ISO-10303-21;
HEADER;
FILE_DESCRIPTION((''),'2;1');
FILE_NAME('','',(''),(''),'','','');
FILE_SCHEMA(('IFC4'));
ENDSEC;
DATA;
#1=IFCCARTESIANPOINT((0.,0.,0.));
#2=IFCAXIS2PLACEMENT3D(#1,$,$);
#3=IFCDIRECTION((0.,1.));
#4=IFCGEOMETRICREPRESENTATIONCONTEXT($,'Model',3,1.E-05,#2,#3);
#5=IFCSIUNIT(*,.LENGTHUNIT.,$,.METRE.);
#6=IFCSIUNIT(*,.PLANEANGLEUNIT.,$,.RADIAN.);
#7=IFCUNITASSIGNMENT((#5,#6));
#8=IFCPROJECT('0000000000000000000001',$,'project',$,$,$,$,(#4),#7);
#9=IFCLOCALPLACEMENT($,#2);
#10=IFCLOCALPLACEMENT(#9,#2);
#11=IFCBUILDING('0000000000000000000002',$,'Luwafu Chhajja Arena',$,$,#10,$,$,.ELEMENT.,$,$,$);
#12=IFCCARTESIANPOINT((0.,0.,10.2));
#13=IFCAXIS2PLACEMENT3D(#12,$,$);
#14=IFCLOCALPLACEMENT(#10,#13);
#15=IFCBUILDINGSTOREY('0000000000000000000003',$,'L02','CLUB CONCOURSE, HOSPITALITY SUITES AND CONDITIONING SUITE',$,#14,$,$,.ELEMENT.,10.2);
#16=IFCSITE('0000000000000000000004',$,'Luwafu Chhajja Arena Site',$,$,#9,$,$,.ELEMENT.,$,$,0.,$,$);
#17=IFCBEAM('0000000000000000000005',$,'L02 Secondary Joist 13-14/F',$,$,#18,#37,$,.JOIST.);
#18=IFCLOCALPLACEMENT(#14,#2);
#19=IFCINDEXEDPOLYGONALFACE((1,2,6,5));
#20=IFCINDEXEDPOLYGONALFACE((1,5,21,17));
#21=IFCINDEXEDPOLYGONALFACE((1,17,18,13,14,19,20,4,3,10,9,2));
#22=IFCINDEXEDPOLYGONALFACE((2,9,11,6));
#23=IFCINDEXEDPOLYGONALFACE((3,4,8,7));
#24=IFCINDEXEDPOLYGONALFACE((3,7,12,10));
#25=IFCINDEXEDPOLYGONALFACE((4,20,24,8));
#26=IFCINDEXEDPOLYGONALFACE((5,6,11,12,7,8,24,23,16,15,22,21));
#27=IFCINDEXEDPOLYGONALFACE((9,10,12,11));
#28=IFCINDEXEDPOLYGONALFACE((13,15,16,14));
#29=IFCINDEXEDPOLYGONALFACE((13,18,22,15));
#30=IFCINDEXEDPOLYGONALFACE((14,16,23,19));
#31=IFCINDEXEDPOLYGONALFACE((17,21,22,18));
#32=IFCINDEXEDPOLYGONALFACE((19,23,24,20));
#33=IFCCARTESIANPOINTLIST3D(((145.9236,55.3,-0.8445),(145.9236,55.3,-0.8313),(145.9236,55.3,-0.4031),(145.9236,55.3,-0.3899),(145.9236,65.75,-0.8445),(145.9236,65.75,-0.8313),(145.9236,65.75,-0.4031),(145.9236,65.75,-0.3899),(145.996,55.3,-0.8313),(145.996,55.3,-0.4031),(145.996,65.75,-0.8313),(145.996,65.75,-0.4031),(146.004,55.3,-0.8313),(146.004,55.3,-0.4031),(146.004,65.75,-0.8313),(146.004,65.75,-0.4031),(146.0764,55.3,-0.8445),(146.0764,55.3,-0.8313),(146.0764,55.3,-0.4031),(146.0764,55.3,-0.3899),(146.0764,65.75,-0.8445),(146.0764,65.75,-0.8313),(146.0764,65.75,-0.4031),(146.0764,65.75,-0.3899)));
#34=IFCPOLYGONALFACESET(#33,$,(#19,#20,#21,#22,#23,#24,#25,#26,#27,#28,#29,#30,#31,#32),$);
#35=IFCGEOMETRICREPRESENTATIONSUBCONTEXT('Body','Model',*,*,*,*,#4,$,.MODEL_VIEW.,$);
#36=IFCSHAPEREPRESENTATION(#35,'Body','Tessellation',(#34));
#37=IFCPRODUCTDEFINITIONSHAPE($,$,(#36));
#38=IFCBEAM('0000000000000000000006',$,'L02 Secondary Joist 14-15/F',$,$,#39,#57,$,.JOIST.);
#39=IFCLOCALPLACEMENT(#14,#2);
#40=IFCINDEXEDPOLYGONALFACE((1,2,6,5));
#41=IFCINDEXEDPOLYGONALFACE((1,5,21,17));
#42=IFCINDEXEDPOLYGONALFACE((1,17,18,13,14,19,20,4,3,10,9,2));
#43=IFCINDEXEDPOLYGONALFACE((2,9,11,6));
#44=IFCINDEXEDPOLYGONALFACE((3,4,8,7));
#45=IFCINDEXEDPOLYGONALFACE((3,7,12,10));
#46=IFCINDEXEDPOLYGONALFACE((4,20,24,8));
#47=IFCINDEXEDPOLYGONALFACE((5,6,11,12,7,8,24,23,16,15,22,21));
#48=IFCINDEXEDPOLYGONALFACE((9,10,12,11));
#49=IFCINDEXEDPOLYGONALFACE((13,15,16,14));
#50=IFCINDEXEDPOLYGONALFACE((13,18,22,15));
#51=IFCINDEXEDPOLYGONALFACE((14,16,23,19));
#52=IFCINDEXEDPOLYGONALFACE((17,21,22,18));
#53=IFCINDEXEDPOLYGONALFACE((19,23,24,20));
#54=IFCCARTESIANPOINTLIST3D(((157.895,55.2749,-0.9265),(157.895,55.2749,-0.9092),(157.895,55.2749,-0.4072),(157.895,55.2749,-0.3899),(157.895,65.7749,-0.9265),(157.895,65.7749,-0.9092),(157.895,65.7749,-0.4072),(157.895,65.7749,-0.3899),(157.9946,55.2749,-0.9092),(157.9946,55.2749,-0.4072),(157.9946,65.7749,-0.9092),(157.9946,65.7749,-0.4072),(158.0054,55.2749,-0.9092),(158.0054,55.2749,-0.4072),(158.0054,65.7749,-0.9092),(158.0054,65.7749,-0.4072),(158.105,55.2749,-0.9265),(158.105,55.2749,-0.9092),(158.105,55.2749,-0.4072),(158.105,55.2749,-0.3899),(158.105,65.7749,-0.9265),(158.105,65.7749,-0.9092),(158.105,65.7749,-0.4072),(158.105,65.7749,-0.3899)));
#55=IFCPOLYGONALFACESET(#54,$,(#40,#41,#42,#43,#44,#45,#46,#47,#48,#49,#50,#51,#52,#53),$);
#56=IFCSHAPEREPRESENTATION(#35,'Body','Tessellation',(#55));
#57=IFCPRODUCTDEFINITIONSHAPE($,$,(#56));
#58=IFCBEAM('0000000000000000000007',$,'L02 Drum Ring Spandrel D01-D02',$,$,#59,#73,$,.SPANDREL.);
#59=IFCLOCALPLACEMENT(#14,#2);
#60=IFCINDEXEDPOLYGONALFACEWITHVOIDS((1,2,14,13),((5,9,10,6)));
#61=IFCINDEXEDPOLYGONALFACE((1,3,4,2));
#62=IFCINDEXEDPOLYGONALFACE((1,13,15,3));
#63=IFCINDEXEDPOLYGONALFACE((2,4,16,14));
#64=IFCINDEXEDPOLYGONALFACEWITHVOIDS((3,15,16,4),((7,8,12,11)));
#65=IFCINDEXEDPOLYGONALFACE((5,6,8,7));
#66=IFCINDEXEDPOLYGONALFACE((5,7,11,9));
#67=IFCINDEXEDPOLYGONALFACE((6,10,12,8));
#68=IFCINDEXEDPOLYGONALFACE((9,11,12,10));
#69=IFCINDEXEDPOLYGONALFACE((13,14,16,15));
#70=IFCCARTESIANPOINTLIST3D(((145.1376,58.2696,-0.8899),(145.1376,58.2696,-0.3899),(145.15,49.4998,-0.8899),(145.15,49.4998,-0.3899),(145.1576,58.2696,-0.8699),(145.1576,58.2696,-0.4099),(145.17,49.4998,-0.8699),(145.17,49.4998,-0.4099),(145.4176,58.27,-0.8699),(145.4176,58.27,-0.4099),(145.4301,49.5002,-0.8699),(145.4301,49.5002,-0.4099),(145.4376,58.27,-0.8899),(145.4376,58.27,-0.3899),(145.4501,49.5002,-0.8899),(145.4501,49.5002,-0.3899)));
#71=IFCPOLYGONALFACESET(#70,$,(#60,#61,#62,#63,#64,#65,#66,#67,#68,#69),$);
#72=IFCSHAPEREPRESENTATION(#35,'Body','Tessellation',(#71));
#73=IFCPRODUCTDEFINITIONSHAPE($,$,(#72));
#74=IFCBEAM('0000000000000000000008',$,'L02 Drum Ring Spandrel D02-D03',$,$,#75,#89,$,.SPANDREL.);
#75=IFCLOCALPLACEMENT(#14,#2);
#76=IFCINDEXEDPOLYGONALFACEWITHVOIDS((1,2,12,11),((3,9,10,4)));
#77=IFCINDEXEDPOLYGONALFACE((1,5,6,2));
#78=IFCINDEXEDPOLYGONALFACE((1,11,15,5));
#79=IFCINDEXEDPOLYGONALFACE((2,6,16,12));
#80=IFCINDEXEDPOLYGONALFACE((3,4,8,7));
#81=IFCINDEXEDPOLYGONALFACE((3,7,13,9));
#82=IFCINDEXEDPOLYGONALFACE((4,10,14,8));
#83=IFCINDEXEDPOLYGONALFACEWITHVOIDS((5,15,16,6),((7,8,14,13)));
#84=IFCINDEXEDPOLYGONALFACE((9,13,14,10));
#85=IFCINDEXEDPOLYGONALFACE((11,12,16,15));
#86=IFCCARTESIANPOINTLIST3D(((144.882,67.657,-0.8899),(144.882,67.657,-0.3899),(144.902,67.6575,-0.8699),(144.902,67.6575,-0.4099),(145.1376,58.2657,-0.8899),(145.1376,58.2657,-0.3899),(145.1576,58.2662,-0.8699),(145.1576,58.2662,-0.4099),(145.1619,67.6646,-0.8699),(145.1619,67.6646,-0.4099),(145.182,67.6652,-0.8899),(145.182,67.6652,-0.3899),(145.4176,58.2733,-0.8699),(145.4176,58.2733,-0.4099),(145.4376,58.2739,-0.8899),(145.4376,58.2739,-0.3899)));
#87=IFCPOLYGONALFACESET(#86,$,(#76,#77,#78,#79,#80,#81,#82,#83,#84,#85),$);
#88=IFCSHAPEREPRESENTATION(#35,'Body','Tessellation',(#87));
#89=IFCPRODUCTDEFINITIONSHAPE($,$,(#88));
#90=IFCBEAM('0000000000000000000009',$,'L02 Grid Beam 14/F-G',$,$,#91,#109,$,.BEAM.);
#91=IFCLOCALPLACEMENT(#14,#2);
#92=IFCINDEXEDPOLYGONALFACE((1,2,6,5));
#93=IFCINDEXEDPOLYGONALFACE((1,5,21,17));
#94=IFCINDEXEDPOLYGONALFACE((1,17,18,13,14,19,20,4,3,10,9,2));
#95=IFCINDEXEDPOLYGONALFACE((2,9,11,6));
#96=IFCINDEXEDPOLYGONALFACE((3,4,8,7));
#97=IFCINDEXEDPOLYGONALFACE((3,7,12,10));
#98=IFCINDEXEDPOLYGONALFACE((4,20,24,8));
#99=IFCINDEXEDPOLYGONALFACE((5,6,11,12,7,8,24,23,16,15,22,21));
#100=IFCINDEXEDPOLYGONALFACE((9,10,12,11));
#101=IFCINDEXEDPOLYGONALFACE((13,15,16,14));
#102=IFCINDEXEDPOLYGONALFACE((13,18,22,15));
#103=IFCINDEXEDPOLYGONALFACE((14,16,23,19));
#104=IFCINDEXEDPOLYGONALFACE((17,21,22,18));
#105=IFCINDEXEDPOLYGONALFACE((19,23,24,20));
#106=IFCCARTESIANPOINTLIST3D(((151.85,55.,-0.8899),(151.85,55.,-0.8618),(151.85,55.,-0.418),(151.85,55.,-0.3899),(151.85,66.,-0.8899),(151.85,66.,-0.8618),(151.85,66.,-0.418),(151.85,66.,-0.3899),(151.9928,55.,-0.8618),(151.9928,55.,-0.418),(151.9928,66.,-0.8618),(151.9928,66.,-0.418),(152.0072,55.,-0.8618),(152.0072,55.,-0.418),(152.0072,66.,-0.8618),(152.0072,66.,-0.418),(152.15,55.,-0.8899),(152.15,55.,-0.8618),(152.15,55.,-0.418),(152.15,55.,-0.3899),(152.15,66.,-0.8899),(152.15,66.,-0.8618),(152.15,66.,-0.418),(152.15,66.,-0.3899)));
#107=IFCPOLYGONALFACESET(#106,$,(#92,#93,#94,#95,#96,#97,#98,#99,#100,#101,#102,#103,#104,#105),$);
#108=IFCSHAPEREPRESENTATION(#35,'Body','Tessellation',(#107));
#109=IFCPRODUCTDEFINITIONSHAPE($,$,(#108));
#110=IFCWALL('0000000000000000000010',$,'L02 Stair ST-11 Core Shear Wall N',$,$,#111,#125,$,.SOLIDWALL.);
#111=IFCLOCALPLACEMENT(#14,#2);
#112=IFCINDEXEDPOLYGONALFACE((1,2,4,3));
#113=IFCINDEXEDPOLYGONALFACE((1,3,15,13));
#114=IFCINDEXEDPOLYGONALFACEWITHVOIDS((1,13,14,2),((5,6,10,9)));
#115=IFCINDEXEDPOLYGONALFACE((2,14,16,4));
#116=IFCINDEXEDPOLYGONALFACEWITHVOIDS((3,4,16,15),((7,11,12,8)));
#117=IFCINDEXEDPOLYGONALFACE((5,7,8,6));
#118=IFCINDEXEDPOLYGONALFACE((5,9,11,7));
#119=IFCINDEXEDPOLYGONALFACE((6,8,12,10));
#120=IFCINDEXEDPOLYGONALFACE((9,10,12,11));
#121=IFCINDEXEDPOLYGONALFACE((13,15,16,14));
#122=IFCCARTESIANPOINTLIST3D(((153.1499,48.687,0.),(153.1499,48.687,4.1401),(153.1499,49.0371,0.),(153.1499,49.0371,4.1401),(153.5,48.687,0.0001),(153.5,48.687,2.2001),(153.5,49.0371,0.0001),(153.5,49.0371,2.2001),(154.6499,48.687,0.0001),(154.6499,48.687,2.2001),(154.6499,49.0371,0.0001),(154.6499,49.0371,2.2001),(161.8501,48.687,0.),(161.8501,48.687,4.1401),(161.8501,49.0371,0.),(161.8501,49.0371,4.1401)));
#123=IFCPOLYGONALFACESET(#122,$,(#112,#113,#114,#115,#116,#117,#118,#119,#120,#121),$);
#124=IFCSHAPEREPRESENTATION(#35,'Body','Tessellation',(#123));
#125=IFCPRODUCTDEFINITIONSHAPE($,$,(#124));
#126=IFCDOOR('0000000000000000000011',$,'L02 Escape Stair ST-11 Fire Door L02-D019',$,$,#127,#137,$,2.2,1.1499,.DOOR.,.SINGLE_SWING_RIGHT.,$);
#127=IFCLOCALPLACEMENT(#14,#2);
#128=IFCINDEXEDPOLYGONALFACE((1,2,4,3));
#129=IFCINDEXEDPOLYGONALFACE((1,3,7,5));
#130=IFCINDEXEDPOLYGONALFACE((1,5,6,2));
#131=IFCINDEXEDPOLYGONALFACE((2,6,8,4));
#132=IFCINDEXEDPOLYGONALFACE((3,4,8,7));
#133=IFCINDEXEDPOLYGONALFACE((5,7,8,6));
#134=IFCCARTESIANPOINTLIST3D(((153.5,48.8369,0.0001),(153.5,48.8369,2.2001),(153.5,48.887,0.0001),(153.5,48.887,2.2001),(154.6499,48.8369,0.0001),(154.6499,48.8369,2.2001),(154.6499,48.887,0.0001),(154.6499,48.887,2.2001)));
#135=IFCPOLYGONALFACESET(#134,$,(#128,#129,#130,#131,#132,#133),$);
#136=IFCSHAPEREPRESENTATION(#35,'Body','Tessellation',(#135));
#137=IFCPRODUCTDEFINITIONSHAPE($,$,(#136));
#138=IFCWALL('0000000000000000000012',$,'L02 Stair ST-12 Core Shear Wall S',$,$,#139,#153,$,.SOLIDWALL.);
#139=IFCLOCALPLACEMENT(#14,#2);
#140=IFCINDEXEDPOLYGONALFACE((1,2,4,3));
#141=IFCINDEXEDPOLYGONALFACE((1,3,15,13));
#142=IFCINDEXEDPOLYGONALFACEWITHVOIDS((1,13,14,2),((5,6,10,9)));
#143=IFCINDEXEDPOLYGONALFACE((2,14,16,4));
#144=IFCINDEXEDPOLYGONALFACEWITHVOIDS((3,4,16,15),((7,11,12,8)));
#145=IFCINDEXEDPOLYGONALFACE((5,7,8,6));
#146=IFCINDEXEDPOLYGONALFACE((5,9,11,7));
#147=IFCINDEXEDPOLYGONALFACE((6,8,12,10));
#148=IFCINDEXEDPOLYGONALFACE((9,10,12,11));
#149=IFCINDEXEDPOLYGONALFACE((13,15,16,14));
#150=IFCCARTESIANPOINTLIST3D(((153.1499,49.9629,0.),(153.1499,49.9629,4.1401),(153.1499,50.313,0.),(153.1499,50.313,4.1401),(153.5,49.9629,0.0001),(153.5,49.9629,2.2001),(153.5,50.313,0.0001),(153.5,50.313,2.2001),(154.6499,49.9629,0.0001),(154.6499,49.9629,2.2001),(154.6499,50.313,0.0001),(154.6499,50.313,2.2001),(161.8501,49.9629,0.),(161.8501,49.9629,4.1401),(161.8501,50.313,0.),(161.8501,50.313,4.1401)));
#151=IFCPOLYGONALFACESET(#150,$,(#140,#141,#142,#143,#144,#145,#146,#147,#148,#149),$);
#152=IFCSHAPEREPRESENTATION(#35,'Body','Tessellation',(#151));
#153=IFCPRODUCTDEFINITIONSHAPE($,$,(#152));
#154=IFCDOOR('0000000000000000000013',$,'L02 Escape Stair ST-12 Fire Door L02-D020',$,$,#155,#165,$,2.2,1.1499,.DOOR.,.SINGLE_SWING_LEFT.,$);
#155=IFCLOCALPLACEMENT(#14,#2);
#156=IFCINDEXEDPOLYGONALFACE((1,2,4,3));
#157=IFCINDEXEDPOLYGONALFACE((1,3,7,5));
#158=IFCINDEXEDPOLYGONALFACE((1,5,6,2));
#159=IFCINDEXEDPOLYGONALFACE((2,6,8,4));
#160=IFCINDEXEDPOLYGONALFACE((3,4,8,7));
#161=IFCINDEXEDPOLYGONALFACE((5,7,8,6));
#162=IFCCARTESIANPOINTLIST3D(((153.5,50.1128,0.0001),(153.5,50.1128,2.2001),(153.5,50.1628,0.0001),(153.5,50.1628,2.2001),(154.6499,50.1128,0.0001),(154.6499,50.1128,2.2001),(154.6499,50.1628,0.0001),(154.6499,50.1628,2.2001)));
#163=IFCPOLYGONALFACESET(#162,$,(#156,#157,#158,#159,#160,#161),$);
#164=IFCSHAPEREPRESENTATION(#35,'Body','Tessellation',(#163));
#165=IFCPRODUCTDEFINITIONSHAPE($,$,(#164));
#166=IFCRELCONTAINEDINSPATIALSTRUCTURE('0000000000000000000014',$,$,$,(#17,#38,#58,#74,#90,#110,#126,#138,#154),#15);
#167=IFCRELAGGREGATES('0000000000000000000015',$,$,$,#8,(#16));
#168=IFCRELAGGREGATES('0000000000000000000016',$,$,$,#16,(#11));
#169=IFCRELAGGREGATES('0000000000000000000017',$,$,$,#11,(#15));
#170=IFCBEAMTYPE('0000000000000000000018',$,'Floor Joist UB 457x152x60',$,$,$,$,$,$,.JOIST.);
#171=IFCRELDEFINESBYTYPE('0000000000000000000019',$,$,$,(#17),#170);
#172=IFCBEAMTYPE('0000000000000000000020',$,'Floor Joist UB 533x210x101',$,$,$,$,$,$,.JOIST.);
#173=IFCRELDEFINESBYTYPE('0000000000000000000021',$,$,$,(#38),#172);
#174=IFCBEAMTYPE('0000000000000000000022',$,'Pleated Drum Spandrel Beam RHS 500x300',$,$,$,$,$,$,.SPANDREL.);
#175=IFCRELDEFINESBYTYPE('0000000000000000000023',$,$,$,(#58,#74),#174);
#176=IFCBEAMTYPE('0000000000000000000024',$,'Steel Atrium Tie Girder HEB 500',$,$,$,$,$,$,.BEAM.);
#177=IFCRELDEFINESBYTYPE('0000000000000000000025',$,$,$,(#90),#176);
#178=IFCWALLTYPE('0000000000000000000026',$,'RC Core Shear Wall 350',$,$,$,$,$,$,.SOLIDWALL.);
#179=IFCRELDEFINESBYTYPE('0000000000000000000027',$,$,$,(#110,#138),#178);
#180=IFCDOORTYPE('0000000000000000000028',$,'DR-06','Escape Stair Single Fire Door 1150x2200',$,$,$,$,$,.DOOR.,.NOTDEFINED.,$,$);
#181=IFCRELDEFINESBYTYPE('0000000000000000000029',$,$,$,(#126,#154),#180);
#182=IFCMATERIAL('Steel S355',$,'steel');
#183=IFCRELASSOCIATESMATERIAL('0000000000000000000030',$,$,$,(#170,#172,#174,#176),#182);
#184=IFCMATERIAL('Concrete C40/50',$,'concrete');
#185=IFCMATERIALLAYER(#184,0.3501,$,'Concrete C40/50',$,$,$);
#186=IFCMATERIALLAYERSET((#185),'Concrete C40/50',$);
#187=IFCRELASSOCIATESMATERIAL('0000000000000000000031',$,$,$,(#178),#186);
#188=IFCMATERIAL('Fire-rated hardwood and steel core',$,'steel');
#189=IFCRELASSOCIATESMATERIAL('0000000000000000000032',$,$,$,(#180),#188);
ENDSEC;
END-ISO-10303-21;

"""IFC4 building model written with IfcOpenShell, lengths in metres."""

from ifc_helpers import new_model, si_unit, direction, frame, frame_2d, origin, origin_2d, place, context, subcontext, project, spatial, rectangle, hollow_rectangle, i_section, extrude, material, layer, layer_set, material_profile, profile_set, type_object, element, fill, save


model = new_model("IFC4")

# Units and contexts
model_context = context("Model", 3, precision=1e-05, world=origin(), true_north=direction((0.0, 1.0)))
body_context = subcontext(model_context, "Body", "Model", "MODEL_VIEW")
ifc_project = project(units=[si_unit("LENGTHUNIT", "METRE"), si_unit("PLANEANGLEUNIT", "RADIAN")], contexts=[model_context])

# Site, building, storey
site_placement = place(None, origin())
site = spatial("IfcSite", under=ifc_project, at=site_placement, Name="Luwafu Chhajja Arena Site", CompositionType="ELEMENT", RefElevation=0.0)
building_placement = place(site_placement, origin())
building = spatial("IfcBuilding", under=site, at=building_placement, Name="Luwafu Chhajja Arena", CompositionType="ELEMENT")
storey_placement = place(building_placement, frame((0.0, 0.0, 10.2)))
storey = spatial("IfcBuildingStorey", under=building, at=storey_placement, Name="L02", Description="CLUB CONCOURSE, HOSPITALITY SUITES AND CONDITIONING SUITE", CompositionType="ELEMENT", Elevation=10.2)

# Shared definitions
ifc_material_1 = material(Name="Steel S355", Category="steel")

# Beams
ifc_material_profile_1 = material_profile(ifc_material_1, i_section(OverallWidth=0.1528, OverallDepth=0.4546, WebThickness=0.0081, FlangeThickness=0.0132, at=origin_2d()), Name="UB 457x152x60")
ifc_profile_set_1 = profile_set([ifc_material_profile_1], Name="Steel S355")
beam_type_1 = type_object("IfcBeamType", Name="Floor Joist UB 457x152x60", PredefinedType="JOIST", material=ifc_profile_set_1)
beam_1_placement = place(storey_placement, frame((146.0, 55.3, -0.6172), z_axis=(0.0, 1.0, 0.0), x_axis=(-1.0, 0.0, 0.0)))
element("IfcBeam", 1, at=beam_1_placement, inside=storey, type_object=beam_type_1, Name="L02 Secondary Joist 13-14/F", PredefinedType="JOIST", context=body_context, shape_type="SweptSolid", body=[
    extrude(i_section(OverallWidth=0.1528, OverallDepth=0.4546, WebThickness=0.0081, FlangeThickness=0.0132, at=origin_2d()), origin(), (0.0, 0.0, 1.0), 10.45),
])
ifc_material_profile_2 = material_profile(ifc_material_1, i_section(OverallWidth=0.21, OverallDepth=0.5366, WebThickness=0.0107, FlangeThickness=0.0173, at=origin_2d()), Name="UB 533x210x101")
ifc_profile_set_2 = profile_set([ifc_material_profile_2], Name="Steel S355")
beam_type_2 = type_object("IfcBeamType", Name="Floor Joist UB 533x210x101", PredefinedType="JOIST", material=ifc_profile_set_2)
beam_2_placement = place(storey_placement, frame((158.0, 55.2749, -0.6582), z_axis=(0.0, 1.0, 0.0), x_axis=(-1.0, 0.0, 0.0)))
element("IfcBeam", 2, at=beam_2_placement, inside=storey, type_object=beam_type_2, Name="L02 Secondary Joist 14-15/F", PredefinedType="JOIST", context=body_context, shape_type="SweptSolid", body=[
    extrude(i_section(OverallWidth=0.21, OverallDepth=0.5366, WebThickness=0.0107, FlangeThickness=0.0173, at=origin_2d()), origin(), (0.0, 0.0, 1.0), 10.5),
])
ifc_material_profile_3 = material_profile(ifc_material_1, hollow_rectangle(XDim=0.3, YDim=0.5, WallThickness=0.02, at=origin_2d()), Name="RHS 500x300x20")
ifc_profile_set_3 = profile_set([ifc_material_profile_3], Name="Steel S355")
beam_type_3 = type_object("IfcBeamType", Name="Pleated Drum Spandrel Beam RHS 500x300", PredefinedType="SPANDREL", material=ifc_profile_set_3)
beam_3_placement = place(storey_placement, frame((145.3, 49.5, -0.6399), z_axis=(-0.00142, 0.999999, 0.0), x_axis=(-0.999999, -0.00142, 0.0)))
element("IfcBeam", 3, at=beam_3_placement, inside=storey, type_object=beam_type_3, Name="L02 Drum Ring Spandrel D01-D02", PredefinedType="SPANDREL", context=body_context, shape_type="SweptSolid", body=[
    extrude(hollow_rectangle(XDim=0.3, YDim=0.5, WallThickness=0.02, at=origin_2d()), origin(), (0.0, 0.0, 1.0), 8.7698),
])
beam_4_placement = place(storey_placement, frame((145.2876, 58.2698, -0.6399), z_axis=(-0.027208, 0.99963, 0.0), x_axis=(-0.99963, -0.027208, 0.0)))
element("IfcBeam", 4, at=beam_4_placement, inside=storey, type_object=beam_type_3, Name="L02 Drum Ring Spandrel D02-D03", PredefinedType="SPANDREL", context=body_context, shape_type="SweptSolid", body=[
    extrude(hollow_rectangle(XDim=0.3, YDim=0.5, WallThickness=0.02, at=origin_2d()), origin(), (0.0, 0.0, 1.0), 9.3948),
])
ifc_material_profile_4 = material_profile(ifc_material_1, i_section(OverallWidth=0.3, OverallDepth=0.5, WebThickness=0.0144, FlangeThickness=0.0281, at=origin_2d()), Name="HEB 500")
ifc_profile_set_4 = profile_set([ifc_material_profile_4], Name="Steel S355")
beam_type_4 = type_object("IfcBeamType", Name="Steel Atrium Tie Girder HEB 500", PredefinedType="BEAM", material=ifc_profile_set_4)
beam_5_placement = place(storey_placement, frame((152.0, 55.0, -0.6399), z_axis=(0.0, 1.0, 0.0), x_axis=(-1.0, 0.0, 0.0)))
element("IfcBeam", 5, at=beam_5_placement, inside=storey, type_object=beam_type_4, Name="L02 Grid Beam 14/F-G", PredefinedType="BEAM", context=body_context, shape_type="SweptSolid", body=[
    extrude(i_section(OverallWidth=0.3, OverallDepth=0.5, WebThickness=0.0144, FlangeThickness=0.0281, at=origin_2d()), origin(), (0.0, 0.0, 1.0), 11.0),
])

# Walls, openings, doors
ifc_material_2 = material(Name="Concrete C40/50", Category="concrete")
ifc_layer_1 = layer(ifc_material_2, 0.3501, Name="Concrete C40/50")
ifc_layer_set_1 = layer_set([ifc_layer_1], Name="Concrete C40/50")
wall_type_1 = type_object("IfcWallType", Name="RC Core Shear Wall 350", PredefinedType="SOLIDWALL", material=ifc_layer_set_1)
wall_1_placement = place(storey_placement, frame((153.1499, 48.8621, 0.0), z_axis=(0.0, 0.0, 1.0), x_axis=(1.0, 0.0, 0.0)))
wall_1 = element("IfcWall", 6, at=wall_1_placement, inside=storey, type_object=wall_type_1, Name="L02 Stair ST-11 Core Shear Wall N", PredefinedType="SOLIDWALL", context=body_context, shape_type="SweptSolid", body=[
    extrude(rectangle(XDim=8.7002, YDim=0.3501, at=frame_2d((4.3501, 0.0))), origin(), (0.0, 0.0, 1.0), 4.1401),
])
opening_1_placement = place(wall_1_placement, frame((0.3501, 0.0, 0.0)))
opening_1 = element("IfcOpeningElement", 7, at=opening_1_placement, cuts=wall_1, PredefinedType="OPENING", context=body_context, shape_type="SweptSolid", body=[
    extrude(rectangle(XDim=1.1499, YDim=2.2, at=frame_2d((0.575, 1.1001))), frame((0.0, 0.1851, 0.0), z_axis=(0.0, -1.0, 0.0), x_axis=(1.0, 0.0, 0.0)), (0.0, 0.0, 1.0), 0.3701),
])
ifc_material_3 = material(Name="Fire-rated hardwood and steel core", Category="steel")
door_type = type_object("IfcDoorType", Name="DR-06", Description="Escape Stair Single Fire Door 1150x2200", OperationType="NOTDEFINED", PredefinedType="DOOR", material=ifc_material_3)
door_1_placement = place(opening_1_placement, origin())
door_1 = element("IfcDoor", 8, at=door_1_placement, inside=storey, type_object=door_type, Name="L02 Escape Stair ST-11 Fire Door L02-D019", OperationType="SINGLE_SWING_RIGHT", OverallHeight=2.2, OverallWidth=1.1499, PredefinedType="DOOR", context=body_context, shape_type="SweptSolid", body=[
    extrude(rectangle(XDim=1.1499, YDim=2.2, at=frame_2d((0.575, 1.1001))), frame((0.0, 0.0249, 0.0), z_axis=(0.0, -1.0, 0.0), x_axis=(1.0, 0.0, 0.0)), (0.0, 0.0, 1.0), 0.05),
])
fill(opening_1, door_1)
wall_2_placement = place(storey_placement, frame((153.1499, 50.1379, 0.0), z_axis=(0.0, 0.0, 1.0), x_axis=(1.0, 0.0, 0.0)))
wall_2 = element("IfcWall", 9, at=wall_2_placement, inside=storey, type_object=wall_type_1, Name="L02 Stair ST-12 Core Shear Wall S", PredefinedType="SOLIDWALL", context=body_context, shape_type="SweptSolid", body=[
    extrude(rectangle(XDim=8.7002, YDim=0.3501, at=frame_2d((4.3501, 0.0))), origin(), (0.0, 0.0, 1.0), 4.1401),
])
opening_2_placement = place(wall_2_placement, frame((0.3501, 0.0, 0.0)))
opening_2 = element("IfcOpeningElement", 10, at=opening_2_placement, cuts=wall_2, PredefinedType="OPENING", context=body_context, shape_type="SweptSolid", body=[
    extrude(rectangle(XDim=1.1499, YDim=2.2, at=frame_2d((0.575, 1.1001))), frame((0.0, 0.1851, 0.0), z_axis=(0.0, -1.0, 0.0), x_axis=(1.0, 0.0, 0.0)), (0.0, 0.0, 1.0), 0.3701),
])
door_2_placement = place(opening_2_placement, origin())
door_2 = element("IfcDoor", 11, at=door_2_placement, inside=storey, type_object=door_type, Name="L02 Escape Stair ST-12 Fire Door L02-D020", OperationType="SINGLE_SWING_LEFT", OverallHeight=2.2, OverallWidth=1.1499, PredefinedType="DOOR", context=body_context, shape_type="SweptSolid", body=[
    extrude(rectangle(XDim=1.1499, YDim=2.2, at=frame_2d((0.575, 1.1001))), frame((0.0, 0.0249, 0.0), z_axis=(0.0, -1.0, 0.0), x_axis=(1.0, 0.0, 0.0)), (0.0, 0.0, 1.0), 0.05),
])
fill(opening_2, door_2)

save(model, "model.ifc")
